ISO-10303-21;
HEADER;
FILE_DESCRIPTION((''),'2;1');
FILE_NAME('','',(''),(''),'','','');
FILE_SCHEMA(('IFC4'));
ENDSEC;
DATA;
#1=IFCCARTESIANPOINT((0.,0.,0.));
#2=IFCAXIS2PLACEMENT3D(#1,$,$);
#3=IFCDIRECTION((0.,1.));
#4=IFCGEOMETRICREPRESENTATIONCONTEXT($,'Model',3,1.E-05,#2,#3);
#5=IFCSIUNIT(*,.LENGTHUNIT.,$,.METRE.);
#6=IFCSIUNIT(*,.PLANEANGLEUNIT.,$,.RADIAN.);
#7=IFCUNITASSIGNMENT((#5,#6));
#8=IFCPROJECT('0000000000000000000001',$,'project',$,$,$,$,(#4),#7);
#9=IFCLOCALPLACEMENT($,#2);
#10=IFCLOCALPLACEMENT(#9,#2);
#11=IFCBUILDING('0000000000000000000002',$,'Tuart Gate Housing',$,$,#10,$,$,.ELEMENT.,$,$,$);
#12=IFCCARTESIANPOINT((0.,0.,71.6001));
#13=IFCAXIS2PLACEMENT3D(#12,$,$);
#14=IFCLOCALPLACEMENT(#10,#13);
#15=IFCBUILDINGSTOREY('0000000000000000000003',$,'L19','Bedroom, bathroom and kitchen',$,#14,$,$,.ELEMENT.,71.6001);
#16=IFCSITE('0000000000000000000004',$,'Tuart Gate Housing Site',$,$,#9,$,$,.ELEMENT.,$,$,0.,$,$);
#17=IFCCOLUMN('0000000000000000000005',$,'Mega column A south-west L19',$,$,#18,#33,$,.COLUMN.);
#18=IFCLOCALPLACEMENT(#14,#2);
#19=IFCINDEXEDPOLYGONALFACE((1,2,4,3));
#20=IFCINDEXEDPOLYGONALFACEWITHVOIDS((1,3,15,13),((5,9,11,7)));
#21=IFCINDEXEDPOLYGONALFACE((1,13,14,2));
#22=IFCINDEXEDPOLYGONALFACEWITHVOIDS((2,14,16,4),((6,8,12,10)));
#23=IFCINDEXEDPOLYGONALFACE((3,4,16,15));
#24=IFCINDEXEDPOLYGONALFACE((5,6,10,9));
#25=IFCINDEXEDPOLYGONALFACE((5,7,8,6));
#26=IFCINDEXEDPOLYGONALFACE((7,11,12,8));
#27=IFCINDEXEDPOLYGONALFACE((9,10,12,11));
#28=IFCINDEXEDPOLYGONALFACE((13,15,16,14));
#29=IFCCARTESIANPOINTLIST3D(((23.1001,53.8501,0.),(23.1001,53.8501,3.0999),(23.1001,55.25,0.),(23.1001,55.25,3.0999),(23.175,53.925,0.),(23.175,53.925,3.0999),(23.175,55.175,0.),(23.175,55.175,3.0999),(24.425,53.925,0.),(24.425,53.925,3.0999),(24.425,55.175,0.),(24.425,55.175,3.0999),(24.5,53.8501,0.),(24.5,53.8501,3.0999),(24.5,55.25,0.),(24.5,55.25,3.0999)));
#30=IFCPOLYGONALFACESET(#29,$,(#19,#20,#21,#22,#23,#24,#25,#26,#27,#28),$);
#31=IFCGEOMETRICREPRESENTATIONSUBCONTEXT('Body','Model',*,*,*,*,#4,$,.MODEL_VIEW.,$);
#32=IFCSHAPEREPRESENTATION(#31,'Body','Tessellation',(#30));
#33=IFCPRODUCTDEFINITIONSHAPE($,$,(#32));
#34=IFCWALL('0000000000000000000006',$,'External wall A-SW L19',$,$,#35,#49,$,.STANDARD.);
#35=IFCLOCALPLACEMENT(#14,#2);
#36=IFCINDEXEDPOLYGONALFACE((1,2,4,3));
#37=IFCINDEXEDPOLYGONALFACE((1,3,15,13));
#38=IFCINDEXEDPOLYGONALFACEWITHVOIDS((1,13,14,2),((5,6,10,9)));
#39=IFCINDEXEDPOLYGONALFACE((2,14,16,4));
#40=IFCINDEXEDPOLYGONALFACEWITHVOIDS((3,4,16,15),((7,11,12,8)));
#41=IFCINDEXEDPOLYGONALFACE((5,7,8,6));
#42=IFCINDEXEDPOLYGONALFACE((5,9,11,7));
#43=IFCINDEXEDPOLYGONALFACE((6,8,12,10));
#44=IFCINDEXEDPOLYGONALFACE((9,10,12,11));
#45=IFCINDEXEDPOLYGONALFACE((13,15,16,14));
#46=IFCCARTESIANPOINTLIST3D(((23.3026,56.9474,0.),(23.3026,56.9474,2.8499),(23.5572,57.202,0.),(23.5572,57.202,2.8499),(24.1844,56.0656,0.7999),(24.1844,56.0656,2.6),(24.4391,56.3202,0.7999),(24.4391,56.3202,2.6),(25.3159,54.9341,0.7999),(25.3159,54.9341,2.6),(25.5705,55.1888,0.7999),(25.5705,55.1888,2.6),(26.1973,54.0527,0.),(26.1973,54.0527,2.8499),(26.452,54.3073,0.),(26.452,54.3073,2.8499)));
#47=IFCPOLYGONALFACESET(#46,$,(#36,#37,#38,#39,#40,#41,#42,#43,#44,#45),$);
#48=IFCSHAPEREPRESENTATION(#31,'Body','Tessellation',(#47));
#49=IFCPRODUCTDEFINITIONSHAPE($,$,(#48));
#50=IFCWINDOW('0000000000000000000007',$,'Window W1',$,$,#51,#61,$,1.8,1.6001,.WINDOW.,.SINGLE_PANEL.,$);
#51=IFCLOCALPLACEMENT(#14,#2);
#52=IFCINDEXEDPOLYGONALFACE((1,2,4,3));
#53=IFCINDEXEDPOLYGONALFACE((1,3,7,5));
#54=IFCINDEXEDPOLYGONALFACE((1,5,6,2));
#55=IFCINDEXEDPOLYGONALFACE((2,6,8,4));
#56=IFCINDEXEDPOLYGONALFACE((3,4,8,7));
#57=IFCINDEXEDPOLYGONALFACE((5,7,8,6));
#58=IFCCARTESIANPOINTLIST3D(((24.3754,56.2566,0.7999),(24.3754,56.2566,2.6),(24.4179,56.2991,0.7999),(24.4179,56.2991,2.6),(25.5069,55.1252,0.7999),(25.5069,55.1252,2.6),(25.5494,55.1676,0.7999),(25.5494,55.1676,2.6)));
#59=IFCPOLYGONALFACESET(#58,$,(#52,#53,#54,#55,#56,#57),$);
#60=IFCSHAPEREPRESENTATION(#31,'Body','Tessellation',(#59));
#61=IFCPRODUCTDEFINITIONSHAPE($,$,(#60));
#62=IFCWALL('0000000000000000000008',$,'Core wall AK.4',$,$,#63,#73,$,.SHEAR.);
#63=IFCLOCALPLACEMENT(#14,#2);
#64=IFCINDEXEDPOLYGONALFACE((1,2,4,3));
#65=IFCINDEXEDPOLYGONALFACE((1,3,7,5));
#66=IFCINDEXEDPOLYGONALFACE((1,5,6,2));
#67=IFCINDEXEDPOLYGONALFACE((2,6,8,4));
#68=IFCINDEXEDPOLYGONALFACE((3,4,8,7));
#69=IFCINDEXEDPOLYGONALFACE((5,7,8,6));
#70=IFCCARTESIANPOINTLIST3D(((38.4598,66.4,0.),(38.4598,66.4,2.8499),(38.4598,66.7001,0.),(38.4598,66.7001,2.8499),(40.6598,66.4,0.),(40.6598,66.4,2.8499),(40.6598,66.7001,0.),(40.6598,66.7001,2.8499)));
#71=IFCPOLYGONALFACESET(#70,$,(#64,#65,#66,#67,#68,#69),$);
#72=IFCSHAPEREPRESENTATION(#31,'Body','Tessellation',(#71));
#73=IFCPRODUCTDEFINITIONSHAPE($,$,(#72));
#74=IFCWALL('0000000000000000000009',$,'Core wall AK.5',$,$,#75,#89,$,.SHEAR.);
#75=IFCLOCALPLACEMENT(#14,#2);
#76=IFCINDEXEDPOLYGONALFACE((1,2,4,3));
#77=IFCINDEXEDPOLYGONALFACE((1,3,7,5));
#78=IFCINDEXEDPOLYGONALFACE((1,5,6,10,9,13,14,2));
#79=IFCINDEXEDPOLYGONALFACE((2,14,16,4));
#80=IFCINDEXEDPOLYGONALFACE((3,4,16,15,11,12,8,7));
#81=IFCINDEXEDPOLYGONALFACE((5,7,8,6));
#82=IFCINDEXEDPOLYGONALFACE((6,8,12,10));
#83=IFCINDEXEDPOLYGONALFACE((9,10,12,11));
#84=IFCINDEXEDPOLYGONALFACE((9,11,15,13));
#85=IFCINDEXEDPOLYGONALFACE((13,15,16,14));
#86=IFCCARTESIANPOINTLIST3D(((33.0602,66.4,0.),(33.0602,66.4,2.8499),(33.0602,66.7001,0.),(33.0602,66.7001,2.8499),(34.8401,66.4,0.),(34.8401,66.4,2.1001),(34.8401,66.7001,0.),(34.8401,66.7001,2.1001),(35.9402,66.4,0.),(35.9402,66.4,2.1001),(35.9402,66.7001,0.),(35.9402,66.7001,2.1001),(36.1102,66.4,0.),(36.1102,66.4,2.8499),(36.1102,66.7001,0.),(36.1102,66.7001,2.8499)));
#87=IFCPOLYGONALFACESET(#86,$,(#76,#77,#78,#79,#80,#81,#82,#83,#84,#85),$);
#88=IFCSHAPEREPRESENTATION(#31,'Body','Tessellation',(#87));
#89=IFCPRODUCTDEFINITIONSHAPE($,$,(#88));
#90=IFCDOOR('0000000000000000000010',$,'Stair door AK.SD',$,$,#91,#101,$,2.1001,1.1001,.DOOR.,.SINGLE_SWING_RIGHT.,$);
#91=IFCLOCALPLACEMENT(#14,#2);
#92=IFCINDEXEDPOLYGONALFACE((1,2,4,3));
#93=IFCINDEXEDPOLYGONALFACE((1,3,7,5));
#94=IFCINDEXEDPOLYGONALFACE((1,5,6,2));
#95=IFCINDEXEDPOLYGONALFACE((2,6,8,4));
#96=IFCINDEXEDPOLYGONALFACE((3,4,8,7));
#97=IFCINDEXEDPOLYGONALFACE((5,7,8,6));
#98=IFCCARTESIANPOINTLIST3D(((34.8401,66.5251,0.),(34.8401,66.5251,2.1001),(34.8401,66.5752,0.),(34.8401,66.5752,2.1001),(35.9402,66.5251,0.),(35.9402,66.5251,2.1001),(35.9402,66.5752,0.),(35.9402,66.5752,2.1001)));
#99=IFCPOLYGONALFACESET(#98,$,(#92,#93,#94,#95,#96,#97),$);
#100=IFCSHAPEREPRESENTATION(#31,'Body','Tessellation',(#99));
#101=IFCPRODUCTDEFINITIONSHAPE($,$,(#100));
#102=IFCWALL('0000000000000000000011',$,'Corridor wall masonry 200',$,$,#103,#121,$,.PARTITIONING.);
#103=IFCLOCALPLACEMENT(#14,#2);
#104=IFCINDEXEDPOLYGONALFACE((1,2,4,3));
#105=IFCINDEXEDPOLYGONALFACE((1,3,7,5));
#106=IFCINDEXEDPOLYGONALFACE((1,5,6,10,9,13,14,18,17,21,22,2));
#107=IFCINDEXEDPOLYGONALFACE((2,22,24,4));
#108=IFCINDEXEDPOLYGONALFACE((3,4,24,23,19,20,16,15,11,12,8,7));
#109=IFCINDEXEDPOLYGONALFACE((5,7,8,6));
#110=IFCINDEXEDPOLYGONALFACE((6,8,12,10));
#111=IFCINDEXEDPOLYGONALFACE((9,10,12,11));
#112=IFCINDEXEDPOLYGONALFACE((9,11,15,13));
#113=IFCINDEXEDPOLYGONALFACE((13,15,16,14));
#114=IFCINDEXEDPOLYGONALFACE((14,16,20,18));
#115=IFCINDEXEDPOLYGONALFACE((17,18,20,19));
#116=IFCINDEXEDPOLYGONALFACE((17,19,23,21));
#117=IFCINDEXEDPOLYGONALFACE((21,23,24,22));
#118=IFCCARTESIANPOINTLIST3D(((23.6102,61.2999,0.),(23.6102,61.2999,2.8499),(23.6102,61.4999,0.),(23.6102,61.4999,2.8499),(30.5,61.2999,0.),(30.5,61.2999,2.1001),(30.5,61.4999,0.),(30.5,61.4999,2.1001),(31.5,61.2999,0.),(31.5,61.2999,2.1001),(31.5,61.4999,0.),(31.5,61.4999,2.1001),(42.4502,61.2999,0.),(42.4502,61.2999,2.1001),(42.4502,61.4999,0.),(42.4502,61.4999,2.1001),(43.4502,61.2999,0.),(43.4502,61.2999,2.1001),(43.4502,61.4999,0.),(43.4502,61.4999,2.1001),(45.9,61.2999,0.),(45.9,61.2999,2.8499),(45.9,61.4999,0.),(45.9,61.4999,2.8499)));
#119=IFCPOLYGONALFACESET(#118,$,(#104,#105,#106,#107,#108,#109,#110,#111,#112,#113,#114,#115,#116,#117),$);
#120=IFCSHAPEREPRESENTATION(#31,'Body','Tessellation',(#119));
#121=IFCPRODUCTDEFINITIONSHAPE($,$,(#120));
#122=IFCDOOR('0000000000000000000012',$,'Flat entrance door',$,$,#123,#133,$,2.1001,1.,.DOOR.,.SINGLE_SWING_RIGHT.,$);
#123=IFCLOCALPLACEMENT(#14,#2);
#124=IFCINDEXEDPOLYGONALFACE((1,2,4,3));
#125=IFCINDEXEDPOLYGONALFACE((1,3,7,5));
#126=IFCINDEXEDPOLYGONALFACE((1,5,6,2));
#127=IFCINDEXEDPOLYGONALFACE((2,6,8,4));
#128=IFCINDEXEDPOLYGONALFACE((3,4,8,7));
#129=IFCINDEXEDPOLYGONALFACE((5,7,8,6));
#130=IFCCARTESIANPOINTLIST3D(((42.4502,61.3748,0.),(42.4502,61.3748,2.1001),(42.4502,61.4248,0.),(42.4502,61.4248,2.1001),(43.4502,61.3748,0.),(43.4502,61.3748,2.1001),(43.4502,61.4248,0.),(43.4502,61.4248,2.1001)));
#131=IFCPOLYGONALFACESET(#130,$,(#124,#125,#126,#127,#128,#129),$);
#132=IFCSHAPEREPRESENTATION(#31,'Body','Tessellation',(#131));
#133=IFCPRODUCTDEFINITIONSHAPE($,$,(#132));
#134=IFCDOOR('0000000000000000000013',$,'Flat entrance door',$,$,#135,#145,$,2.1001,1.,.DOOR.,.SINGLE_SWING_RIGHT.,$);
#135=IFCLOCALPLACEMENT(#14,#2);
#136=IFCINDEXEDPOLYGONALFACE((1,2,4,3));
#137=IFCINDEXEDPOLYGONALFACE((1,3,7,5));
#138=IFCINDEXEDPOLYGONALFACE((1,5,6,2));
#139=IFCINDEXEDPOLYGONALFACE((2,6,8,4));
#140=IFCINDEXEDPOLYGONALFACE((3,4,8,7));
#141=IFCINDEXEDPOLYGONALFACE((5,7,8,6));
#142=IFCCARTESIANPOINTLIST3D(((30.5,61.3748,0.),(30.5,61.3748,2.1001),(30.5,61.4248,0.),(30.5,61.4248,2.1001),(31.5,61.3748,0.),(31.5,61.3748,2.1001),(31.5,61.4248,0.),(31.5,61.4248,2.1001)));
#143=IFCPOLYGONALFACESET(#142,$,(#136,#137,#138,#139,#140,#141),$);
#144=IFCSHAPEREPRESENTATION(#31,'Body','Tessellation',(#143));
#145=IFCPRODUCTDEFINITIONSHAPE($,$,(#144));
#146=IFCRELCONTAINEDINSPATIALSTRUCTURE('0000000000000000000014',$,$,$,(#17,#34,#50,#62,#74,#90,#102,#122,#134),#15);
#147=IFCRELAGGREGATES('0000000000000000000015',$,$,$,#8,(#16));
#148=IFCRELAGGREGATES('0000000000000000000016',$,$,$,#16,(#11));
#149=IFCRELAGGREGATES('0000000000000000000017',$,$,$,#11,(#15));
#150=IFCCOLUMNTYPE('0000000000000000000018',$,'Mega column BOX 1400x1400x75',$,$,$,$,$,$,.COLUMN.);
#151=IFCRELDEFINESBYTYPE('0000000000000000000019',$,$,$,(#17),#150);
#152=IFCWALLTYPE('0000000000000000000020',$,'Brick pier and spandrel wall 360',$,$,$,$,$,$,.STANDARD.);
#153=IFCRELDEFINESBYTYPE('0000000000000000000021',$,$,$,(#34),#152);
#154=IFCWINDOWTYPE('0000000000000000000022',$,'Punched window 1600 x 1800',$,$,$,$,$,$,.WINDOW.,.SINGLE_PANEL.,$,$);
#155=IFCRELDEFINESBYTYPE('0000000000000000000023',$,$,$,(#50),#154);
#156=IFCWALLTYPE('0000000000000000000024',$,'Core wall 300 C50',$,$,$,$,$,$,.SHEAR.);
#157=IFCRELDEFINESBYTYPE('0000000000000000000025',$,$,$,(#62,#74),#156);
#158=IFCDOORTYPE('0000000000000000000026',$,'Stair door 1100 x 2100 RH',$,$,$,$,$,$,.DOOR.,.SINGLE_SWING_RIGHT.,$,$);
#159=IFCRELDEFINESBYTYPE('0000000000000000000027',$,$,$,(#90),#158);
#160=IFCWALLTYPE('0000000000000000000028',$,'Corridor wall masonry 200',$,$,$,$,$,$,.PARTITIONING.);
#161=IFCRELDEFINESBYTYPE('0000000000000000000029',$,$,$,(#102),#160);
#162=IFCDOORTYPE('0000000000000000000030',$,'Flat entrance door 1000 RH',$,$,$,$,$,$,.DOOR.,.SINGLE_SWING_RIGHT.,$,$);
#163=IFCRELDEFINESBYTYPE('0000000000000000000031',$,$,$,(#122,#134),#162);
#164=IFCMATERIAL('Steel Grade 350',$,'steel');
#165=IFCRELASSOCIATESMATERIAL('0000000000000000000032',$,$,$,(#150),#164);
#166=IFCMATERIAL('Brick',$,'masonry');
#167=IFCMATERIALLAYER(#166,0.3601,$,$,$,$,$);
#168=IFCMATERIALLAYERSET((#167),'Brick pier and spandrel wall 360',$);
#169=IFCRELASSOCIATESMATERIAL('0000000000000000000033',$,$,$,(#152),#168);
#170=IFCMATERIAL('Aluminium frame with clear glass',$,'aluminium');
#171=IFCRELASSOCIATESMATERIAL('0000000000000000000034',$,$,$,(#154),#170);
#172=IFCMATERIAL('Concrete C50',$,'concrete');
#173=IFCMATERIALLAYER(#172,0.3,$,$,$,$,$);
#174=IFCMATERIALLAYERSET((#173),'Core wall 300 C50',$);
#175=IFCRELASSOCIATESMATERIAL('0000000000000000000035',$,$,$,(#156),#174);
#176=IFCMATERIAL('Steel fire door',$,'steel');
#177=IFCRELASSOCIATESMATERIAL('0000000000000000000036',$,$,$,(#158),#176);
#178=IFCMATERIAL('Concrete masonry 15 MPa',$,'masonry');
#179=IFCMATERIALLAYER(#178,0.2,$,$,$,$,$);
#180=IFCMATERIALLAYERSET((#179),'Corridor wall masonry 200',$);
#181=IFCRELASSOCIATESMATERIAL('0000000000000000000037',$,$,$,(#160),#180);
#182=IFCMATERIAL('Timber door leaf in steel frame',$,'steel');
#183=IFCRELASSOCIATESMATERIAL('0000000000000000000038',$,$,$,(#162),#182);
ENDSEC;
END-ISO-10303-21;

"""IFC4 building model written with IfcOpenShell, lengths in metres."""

from ifc_helpers import new_model, si_unit, direction, frame, frame_2d, origin, origin_2d, place, context, subcontext, project, spatial, rectangle, hollow_rectangle, extrude, material, layer, layer_set, material_profile, profile_set, type_object, element, fill, save


model = new_model("IFC4")

# Units and contexts
model_context = context("Model", 3, precision=1e-05, world=origin(), true_north=direction((0.0, 1.0)))
body_context = subcontext(model_context, "Body", "Model", "MODEL_VIEW")
ifc_project = project(units=[si_unit("LENGTHUNIT", "METRE"), si_unit("PLANEANGLEUNIT", "RADIAN")], contexts=[model_context])

# Site, building, storey
site_placement = place(None, origin())
site = spatial("IfcSite", under=ifc_project, at=site_placement, Name="Tuart Gate Housing Site", CompositionType="ELEMENT", RefElevation=0.0)
building_placement = place(site_placement, origin())
building = spatial("IfcBuilding", under=site, at=building_placement, Name="Tuart Gate Housing", CompositionType="ELEMENT")
storey_placement = place(building_placement, frame((0.0, 0.0, 71.6001)))
storey = spatial("IfcBuildingStorey", under=building, at=storey_placement, Name="L19", Description="Bedroom, bathroom and kitchen", CompositionType="ELEMENT", Elevation=71.6001)

# Column
ifc_material_1 = material(Name="Steel Grade 350", Category="steel")
ifc_material_profile = material_profile(ifc_material_1, hollow_rectangle(XDim=1.3999, YDim=1.3999, WallThickness=0.075, at=origin_2d()), Name="BOX 1400x1400x75")
ifc_profile_set = profile_set([ifc_material_profile], Name="Steel Grade 350")
column_type = type_object("IfcColumnType", Name="Mega column BOX 1400x1400x75", PredefinedType="COLUMN", material=ifc_profile_set)
column_placement = place(storey_placement, frame((23.8, 54.55, 0.0), z_axis=(0.0, 0.0, 1.0), x_axis=(1.0, 0.0, 0.0)))
element("IfcColumn", 1, at=column_placement, inside=storey, type_object=column_type, Name="Mega column A south-west L19", PredefinedType="COLUMN", context=body_context, shape_type="SweptSolid", body=[
    extrude(hollow_rectangle(XDim=1.3999, YDim=1.3999, WallThickness=0.075, at=origin_2d()), origin(), (0.0, 0.0, 1.0), 3.0999),
])

# Wall, opening, window
ifc_material_2 = material(Name="Brick", Category="masonry")
ifc_layer_1 = layer(ifc_material_2, 0.3601)
ifc_layer_set_1 = layer_set([ifc_layer_1], Name="Brick pier and spandrel wall 360")
wall_type_1 = type_object("IfcWallType", Name="Brick pier and spandrel wall 360", PredefinedType="STANDARD", material=ifc_layer_set_1)
wall_1_placement = place(storey_placement, frame((23.4299, 57.0747, 0.0), z_axis=(0.0, 0.0, 1.0), x_axis=(0.707107, -0.707107, 0.0)))
wall_1 = element("IfcWall", 2, at=wall_1_placement, inside=storey, type_object=wall_type_1, Name="External wall A-SW L19", PredefinedType="STANDARD", context=body_context, shape_type="SweptSolid", body=[
    extrude(rectangle(XDim=4.0938, YDim=0.3601, at=frame_2d((2.0469, 0.0))), origin(), (0.0, 0.0, 1.0), 2.8499),
])
opening_1_placement = place(wall_1_placement, frame((1.2471, 0.0, 0.8)))
opening_1 = element("IfcOpeningElement", 3, at=opening_1_placement, cuts=wall_1, PredefinedType="OPENING", context=body_context, shape_type="SweptSolid", body=[
    extrude(rectangle(XDim=1.6001, YDim=1.8, at=frame_2d((0.8, 0.8999))), frame((0.0, 0.1899, 0.0), z_axis=(0.0, -1.0, 0.0), x_axis=(1.0, 0.0, 0.0)), (0.0, 0.0, 1.0), 0.3801),
])
ifc_material_3 = material(Name="Aluminium frame with clear glass", Category="aluminium")
window_type = type_object("IfcWindowType", Name="Punched window 1600 x 1800", PartitioningType="SINGLE_PANEL", PredefinedType="WINDOW", material=ifc_material_3)
window_placement = place(opening_1_placement, origin())
window = element("IfcWindow", 4, at=window_placement, inside=storey, type_object=window_type, Name="Window W1", OverallHeight=1.8, OverallWidth=1.6001, PartitioningType="SINGLE_PANEL", PredefinedType="WINDOW", context=body_context, shape_type="SweptSolid", body=[
    extrude(rectangle(XDim=1.6001, YDim=1.8, at=frame_2d((0.8, 0.8999))), frame((0.0, 0.1501, 0.0), z_axis=(0.0, -1.0, 0.0), x_axis=(1.0, 0.0, 0.0)), (0.0, 0.0, 1.0), 0.0601),
])
fill(opening_1, window)

# Wall
ifc_material_4 = material(Name="Concrete C50", Category="concrete")
ifc_layer_2 = layer(ifc_material_4, 0.3)
ifc_layer_set_2 = layer_set([ifc_layer_2], Name="Core wall 300 C50")
wall_type_2 = type_object("IfcWallType", Name="Core wall 300 C50", PredefinedType="SHEAR", material=ifc_layer_set_2)
wall_2_placement = place(storey_placement, frame((40.6599, 66.55, 0.0), z_axis=(0.0, 0.0, 1.0), x_axis=(-1.0, 0.0, 0.0)))
element("IfcWall", 5, at=wall_2_placement, inside=storey, type_object=wall_type_2, Name="Core wall AK.4", PredefinedType="SHEAR", context=body_context, shape_type="SweptSolid", body=[
    extrude(rectangle(XDim=2.2, YDim=0.3, at=frame_2d((1.1001, 0.0))), origin(), (0.0, 0.0, 1.0), 2.8499),
])

# Wall, opening, door
wall_3_placement = place(storey_placement, frame((36.1101, 66.55, 0.0), z_axis=(0.0, 0.0, 1.0), x_axis=(-1.0, 0.0, 0.0)))
wall_3 = element("IfcWall", 6, at=wall_3_placement, inside=storey, type_object=wall_type_2, Name="Core wall AK.5", PredefinedType="SHEAR", context=body_context, shape_type="SweptSolid", body=[
    extrude(rectangle(XDim=3.05, YDim=0.3, at=frame_2d((1.5249, 0.0))), origin(), (0.0, 0.0, 1.0), 2.8499),
])
opening_2_placement = place(wall_3_placement, frame((0.1699, 0.0, 0.0)))
opening_2 = element("IfcOpeningElement", 7, at=opening_2_placement, cuts=wall_3, PredefinedType="OPENING", context=body_context, shape_type="SweptSolid", body=[
    extrude(rectangle(XDim=1.1001, YDim=2.1001, at=frame_2d((0.55, 1.05))), frame((0.0, 0.1599, 0.0), z_axis=(0.0, -1.0, 0.0), x_axis=(1.0, 0.0, 0.0)), (0.0, 0.0, 1.0), 0.3201),
])
ifc_material_5 = material(Name="Steel fire door", Category="steel")
door_type_1 = type_object("IfcDoorType", Name="Stair door 1100 x 2100 RH", OperationType="SINGLE_SWING_RIGHT", PredefinedType="DOOR", material=ifc_material_5)
door_1_placement = place(opening_2_placement, frame((1.1001, 0.0, 0.0), z_axis=(0.0, 0.0, 1.0), x_axis=(-1.0, 0.0, 0.0)))
door_1 = element("IfcDoor", 8, at=door_1_placement, inside=storey, type_object=door_type_1, Name="Stair door AK.SD", OperationType="SINGLE_SWING_RIGHT", OverallHeight=2.1001, OverallWidth=1.1001, PredefinedType="DOOR", context=body_context, shape_type="SweptSolid", body=[
    extrude(rectangle(XDim=1.1001, YDim=2.1001, at=frame_2d((0.55, 1.05))), frame((0.0, 0.0251, 0.0), z_axis=(0.0, -1.0, 0.0), x_axis=(1.0, 0.0, 0.0)), (0.0, 0.0, 1.0), 0.05),
])
fill(opening_2, door_1)

# Wall, openings, doors
ifc_material_6 = material(Name="Concrete masonry 15 MPa", Category="masonry")
ifc_layer_3 = layer(ifc_material_6, 0.2)
ifc_layer_set_3 = layer_set([ifc_layer_3], Name="Corridor wall masonry 200")
wall_type_3 = type_object("IfcWallType", Name="Corridor wall masonry 200", PredefinedType="PARTITIONING", material=ifc_layer_set_3)
wall_4_placement = place(storey_placement, frame((23.6101, 61.3999, 0.0), z_axis=(0.0, 0.0, 1.0), x_axis=(1.0, 0.0, 0.0)))
wall_4 = element("IfcWall", 9, at=wall_4_placement, inside=storey, type_object=wall_type_3, Name="Corridor wall masonry 200", PredefinedType="PARTITIONING", context=body_context, shape_type="SweptSolid", body=[
    extrude(rectangle(XDim=22.2898, YDim=0.2, at=frame_2d((11.145, 0.0))), origin(), (0.0, 0.0, 1.0), 2.8499),
])
opening_3_placement = place(wall_4_placement, frame((18.8401, 0.0, 0.0)))
opening_3 = element("IfcOpeningElement", 10, at=opening_3_placement, cuts=wall_4, PredefinedType="OPENING", context=body_context, shape_type="SweptSolid", body=[
    extrude(rectangle(XDim=1.0, YDim=2.1001, at=frame_2d((0.5, 1.05))), frame((0.0, 0.1099, 0.0), z_axis=(0.0, -1.0, 0.0), x_axis=(1.0, 0.0, 0.0)), (0.0, 0.0, 1.0), 0.22),
])
opening_4_placement = place(wall_4_placement, frame((6.8899, 0.0, 0.0)))
opening_4 = element("IfcOpeningElement", 11, at=opening_4_placement, cuts=wall_4, PredefinedType="OPENING", context=body_context, shape_type="SweptSolid", body=[
    extrude(rectangle(XDim=1.0, YDim=2.1001, at=frame_2d((0.5, 1.05))), frame((0.0, 0.1099, 0.0), z_axis=(0.0, -1.0, 0.0), x_axis=(1.0, 0.0, 0.0)), (0.0, 0.0, 1.0), 0.22),
])
ifc_material_7 = material(Name="Timber door leaf in steel frame", Category="steel")
door_type_2 = type_object("IfcDoorType", Name="Flat entrance door 1000 RH", OperationType="SINGLE_SWING_RIGHT", PredefinedType="DOOR", material=ifc_material_7)
door_2_placement = place(opening_3_placement, frame((1.0, 0.0, 0.0), z_axis=(0.0, 0.0, 1.0), x_axis=(-1.0, 0.0, 0.0)))
door_2 = element("IfcDoor", 12, at=door_2_placement, inside=storey, type_object=door_type_2, Name="Flat entrance door", OperationType="SINGLE_SWING_RIGHT", OverallHeight=2.1001, OverallWidth=1.0, PredefinedType="DOOR", context=body_context, shape_type="SweptSolid", body=[
    extrude(rectangle(XDim=1.0, YDim=2.1001, at=frame_2d((0.5, 1.05))), frame((0.0, 0.0251, 0.0), z_axis=(0.0, -1.0, 0.0), x_axis=(1.0, 0.0, 0.0)), (0.0, 0.0, 1.0), 0.05),
])
fill(opening_3, door_2)
door_3_placement = place(opening_4_placement, frame((1.0, 0.0, 0.0), z_axis=(0.0, 0.0, 1.0), x_axis=(-1.0, 0.0, 0.0)))
door_3 = element("IfcDoor", 13, at=door_3_placement, inside=storey, type_object=door_type_2, Name="Flat entrance door", OperationType="SINGLE_SWING_RIGHT", OverallHeight=2.1001, OverallWidth=1.0, PredefinedType="DOOR", context=body_context, shape_type="SweptSolid", body=[
    extrude(rectangle(XDim=1.0, YDim=2.1001, at=frame_2d((0.5, 1.05))), frame((0.0, 0.0251, 0.0), z_axis=(0.0, -1.0, 0.0), x_axis=(1.0, 0.0, 0.0)), (0.0, 0.0, 1.0), 0.05),
])
fill(opening_4, door_3)

save(model, "model.ifc")
